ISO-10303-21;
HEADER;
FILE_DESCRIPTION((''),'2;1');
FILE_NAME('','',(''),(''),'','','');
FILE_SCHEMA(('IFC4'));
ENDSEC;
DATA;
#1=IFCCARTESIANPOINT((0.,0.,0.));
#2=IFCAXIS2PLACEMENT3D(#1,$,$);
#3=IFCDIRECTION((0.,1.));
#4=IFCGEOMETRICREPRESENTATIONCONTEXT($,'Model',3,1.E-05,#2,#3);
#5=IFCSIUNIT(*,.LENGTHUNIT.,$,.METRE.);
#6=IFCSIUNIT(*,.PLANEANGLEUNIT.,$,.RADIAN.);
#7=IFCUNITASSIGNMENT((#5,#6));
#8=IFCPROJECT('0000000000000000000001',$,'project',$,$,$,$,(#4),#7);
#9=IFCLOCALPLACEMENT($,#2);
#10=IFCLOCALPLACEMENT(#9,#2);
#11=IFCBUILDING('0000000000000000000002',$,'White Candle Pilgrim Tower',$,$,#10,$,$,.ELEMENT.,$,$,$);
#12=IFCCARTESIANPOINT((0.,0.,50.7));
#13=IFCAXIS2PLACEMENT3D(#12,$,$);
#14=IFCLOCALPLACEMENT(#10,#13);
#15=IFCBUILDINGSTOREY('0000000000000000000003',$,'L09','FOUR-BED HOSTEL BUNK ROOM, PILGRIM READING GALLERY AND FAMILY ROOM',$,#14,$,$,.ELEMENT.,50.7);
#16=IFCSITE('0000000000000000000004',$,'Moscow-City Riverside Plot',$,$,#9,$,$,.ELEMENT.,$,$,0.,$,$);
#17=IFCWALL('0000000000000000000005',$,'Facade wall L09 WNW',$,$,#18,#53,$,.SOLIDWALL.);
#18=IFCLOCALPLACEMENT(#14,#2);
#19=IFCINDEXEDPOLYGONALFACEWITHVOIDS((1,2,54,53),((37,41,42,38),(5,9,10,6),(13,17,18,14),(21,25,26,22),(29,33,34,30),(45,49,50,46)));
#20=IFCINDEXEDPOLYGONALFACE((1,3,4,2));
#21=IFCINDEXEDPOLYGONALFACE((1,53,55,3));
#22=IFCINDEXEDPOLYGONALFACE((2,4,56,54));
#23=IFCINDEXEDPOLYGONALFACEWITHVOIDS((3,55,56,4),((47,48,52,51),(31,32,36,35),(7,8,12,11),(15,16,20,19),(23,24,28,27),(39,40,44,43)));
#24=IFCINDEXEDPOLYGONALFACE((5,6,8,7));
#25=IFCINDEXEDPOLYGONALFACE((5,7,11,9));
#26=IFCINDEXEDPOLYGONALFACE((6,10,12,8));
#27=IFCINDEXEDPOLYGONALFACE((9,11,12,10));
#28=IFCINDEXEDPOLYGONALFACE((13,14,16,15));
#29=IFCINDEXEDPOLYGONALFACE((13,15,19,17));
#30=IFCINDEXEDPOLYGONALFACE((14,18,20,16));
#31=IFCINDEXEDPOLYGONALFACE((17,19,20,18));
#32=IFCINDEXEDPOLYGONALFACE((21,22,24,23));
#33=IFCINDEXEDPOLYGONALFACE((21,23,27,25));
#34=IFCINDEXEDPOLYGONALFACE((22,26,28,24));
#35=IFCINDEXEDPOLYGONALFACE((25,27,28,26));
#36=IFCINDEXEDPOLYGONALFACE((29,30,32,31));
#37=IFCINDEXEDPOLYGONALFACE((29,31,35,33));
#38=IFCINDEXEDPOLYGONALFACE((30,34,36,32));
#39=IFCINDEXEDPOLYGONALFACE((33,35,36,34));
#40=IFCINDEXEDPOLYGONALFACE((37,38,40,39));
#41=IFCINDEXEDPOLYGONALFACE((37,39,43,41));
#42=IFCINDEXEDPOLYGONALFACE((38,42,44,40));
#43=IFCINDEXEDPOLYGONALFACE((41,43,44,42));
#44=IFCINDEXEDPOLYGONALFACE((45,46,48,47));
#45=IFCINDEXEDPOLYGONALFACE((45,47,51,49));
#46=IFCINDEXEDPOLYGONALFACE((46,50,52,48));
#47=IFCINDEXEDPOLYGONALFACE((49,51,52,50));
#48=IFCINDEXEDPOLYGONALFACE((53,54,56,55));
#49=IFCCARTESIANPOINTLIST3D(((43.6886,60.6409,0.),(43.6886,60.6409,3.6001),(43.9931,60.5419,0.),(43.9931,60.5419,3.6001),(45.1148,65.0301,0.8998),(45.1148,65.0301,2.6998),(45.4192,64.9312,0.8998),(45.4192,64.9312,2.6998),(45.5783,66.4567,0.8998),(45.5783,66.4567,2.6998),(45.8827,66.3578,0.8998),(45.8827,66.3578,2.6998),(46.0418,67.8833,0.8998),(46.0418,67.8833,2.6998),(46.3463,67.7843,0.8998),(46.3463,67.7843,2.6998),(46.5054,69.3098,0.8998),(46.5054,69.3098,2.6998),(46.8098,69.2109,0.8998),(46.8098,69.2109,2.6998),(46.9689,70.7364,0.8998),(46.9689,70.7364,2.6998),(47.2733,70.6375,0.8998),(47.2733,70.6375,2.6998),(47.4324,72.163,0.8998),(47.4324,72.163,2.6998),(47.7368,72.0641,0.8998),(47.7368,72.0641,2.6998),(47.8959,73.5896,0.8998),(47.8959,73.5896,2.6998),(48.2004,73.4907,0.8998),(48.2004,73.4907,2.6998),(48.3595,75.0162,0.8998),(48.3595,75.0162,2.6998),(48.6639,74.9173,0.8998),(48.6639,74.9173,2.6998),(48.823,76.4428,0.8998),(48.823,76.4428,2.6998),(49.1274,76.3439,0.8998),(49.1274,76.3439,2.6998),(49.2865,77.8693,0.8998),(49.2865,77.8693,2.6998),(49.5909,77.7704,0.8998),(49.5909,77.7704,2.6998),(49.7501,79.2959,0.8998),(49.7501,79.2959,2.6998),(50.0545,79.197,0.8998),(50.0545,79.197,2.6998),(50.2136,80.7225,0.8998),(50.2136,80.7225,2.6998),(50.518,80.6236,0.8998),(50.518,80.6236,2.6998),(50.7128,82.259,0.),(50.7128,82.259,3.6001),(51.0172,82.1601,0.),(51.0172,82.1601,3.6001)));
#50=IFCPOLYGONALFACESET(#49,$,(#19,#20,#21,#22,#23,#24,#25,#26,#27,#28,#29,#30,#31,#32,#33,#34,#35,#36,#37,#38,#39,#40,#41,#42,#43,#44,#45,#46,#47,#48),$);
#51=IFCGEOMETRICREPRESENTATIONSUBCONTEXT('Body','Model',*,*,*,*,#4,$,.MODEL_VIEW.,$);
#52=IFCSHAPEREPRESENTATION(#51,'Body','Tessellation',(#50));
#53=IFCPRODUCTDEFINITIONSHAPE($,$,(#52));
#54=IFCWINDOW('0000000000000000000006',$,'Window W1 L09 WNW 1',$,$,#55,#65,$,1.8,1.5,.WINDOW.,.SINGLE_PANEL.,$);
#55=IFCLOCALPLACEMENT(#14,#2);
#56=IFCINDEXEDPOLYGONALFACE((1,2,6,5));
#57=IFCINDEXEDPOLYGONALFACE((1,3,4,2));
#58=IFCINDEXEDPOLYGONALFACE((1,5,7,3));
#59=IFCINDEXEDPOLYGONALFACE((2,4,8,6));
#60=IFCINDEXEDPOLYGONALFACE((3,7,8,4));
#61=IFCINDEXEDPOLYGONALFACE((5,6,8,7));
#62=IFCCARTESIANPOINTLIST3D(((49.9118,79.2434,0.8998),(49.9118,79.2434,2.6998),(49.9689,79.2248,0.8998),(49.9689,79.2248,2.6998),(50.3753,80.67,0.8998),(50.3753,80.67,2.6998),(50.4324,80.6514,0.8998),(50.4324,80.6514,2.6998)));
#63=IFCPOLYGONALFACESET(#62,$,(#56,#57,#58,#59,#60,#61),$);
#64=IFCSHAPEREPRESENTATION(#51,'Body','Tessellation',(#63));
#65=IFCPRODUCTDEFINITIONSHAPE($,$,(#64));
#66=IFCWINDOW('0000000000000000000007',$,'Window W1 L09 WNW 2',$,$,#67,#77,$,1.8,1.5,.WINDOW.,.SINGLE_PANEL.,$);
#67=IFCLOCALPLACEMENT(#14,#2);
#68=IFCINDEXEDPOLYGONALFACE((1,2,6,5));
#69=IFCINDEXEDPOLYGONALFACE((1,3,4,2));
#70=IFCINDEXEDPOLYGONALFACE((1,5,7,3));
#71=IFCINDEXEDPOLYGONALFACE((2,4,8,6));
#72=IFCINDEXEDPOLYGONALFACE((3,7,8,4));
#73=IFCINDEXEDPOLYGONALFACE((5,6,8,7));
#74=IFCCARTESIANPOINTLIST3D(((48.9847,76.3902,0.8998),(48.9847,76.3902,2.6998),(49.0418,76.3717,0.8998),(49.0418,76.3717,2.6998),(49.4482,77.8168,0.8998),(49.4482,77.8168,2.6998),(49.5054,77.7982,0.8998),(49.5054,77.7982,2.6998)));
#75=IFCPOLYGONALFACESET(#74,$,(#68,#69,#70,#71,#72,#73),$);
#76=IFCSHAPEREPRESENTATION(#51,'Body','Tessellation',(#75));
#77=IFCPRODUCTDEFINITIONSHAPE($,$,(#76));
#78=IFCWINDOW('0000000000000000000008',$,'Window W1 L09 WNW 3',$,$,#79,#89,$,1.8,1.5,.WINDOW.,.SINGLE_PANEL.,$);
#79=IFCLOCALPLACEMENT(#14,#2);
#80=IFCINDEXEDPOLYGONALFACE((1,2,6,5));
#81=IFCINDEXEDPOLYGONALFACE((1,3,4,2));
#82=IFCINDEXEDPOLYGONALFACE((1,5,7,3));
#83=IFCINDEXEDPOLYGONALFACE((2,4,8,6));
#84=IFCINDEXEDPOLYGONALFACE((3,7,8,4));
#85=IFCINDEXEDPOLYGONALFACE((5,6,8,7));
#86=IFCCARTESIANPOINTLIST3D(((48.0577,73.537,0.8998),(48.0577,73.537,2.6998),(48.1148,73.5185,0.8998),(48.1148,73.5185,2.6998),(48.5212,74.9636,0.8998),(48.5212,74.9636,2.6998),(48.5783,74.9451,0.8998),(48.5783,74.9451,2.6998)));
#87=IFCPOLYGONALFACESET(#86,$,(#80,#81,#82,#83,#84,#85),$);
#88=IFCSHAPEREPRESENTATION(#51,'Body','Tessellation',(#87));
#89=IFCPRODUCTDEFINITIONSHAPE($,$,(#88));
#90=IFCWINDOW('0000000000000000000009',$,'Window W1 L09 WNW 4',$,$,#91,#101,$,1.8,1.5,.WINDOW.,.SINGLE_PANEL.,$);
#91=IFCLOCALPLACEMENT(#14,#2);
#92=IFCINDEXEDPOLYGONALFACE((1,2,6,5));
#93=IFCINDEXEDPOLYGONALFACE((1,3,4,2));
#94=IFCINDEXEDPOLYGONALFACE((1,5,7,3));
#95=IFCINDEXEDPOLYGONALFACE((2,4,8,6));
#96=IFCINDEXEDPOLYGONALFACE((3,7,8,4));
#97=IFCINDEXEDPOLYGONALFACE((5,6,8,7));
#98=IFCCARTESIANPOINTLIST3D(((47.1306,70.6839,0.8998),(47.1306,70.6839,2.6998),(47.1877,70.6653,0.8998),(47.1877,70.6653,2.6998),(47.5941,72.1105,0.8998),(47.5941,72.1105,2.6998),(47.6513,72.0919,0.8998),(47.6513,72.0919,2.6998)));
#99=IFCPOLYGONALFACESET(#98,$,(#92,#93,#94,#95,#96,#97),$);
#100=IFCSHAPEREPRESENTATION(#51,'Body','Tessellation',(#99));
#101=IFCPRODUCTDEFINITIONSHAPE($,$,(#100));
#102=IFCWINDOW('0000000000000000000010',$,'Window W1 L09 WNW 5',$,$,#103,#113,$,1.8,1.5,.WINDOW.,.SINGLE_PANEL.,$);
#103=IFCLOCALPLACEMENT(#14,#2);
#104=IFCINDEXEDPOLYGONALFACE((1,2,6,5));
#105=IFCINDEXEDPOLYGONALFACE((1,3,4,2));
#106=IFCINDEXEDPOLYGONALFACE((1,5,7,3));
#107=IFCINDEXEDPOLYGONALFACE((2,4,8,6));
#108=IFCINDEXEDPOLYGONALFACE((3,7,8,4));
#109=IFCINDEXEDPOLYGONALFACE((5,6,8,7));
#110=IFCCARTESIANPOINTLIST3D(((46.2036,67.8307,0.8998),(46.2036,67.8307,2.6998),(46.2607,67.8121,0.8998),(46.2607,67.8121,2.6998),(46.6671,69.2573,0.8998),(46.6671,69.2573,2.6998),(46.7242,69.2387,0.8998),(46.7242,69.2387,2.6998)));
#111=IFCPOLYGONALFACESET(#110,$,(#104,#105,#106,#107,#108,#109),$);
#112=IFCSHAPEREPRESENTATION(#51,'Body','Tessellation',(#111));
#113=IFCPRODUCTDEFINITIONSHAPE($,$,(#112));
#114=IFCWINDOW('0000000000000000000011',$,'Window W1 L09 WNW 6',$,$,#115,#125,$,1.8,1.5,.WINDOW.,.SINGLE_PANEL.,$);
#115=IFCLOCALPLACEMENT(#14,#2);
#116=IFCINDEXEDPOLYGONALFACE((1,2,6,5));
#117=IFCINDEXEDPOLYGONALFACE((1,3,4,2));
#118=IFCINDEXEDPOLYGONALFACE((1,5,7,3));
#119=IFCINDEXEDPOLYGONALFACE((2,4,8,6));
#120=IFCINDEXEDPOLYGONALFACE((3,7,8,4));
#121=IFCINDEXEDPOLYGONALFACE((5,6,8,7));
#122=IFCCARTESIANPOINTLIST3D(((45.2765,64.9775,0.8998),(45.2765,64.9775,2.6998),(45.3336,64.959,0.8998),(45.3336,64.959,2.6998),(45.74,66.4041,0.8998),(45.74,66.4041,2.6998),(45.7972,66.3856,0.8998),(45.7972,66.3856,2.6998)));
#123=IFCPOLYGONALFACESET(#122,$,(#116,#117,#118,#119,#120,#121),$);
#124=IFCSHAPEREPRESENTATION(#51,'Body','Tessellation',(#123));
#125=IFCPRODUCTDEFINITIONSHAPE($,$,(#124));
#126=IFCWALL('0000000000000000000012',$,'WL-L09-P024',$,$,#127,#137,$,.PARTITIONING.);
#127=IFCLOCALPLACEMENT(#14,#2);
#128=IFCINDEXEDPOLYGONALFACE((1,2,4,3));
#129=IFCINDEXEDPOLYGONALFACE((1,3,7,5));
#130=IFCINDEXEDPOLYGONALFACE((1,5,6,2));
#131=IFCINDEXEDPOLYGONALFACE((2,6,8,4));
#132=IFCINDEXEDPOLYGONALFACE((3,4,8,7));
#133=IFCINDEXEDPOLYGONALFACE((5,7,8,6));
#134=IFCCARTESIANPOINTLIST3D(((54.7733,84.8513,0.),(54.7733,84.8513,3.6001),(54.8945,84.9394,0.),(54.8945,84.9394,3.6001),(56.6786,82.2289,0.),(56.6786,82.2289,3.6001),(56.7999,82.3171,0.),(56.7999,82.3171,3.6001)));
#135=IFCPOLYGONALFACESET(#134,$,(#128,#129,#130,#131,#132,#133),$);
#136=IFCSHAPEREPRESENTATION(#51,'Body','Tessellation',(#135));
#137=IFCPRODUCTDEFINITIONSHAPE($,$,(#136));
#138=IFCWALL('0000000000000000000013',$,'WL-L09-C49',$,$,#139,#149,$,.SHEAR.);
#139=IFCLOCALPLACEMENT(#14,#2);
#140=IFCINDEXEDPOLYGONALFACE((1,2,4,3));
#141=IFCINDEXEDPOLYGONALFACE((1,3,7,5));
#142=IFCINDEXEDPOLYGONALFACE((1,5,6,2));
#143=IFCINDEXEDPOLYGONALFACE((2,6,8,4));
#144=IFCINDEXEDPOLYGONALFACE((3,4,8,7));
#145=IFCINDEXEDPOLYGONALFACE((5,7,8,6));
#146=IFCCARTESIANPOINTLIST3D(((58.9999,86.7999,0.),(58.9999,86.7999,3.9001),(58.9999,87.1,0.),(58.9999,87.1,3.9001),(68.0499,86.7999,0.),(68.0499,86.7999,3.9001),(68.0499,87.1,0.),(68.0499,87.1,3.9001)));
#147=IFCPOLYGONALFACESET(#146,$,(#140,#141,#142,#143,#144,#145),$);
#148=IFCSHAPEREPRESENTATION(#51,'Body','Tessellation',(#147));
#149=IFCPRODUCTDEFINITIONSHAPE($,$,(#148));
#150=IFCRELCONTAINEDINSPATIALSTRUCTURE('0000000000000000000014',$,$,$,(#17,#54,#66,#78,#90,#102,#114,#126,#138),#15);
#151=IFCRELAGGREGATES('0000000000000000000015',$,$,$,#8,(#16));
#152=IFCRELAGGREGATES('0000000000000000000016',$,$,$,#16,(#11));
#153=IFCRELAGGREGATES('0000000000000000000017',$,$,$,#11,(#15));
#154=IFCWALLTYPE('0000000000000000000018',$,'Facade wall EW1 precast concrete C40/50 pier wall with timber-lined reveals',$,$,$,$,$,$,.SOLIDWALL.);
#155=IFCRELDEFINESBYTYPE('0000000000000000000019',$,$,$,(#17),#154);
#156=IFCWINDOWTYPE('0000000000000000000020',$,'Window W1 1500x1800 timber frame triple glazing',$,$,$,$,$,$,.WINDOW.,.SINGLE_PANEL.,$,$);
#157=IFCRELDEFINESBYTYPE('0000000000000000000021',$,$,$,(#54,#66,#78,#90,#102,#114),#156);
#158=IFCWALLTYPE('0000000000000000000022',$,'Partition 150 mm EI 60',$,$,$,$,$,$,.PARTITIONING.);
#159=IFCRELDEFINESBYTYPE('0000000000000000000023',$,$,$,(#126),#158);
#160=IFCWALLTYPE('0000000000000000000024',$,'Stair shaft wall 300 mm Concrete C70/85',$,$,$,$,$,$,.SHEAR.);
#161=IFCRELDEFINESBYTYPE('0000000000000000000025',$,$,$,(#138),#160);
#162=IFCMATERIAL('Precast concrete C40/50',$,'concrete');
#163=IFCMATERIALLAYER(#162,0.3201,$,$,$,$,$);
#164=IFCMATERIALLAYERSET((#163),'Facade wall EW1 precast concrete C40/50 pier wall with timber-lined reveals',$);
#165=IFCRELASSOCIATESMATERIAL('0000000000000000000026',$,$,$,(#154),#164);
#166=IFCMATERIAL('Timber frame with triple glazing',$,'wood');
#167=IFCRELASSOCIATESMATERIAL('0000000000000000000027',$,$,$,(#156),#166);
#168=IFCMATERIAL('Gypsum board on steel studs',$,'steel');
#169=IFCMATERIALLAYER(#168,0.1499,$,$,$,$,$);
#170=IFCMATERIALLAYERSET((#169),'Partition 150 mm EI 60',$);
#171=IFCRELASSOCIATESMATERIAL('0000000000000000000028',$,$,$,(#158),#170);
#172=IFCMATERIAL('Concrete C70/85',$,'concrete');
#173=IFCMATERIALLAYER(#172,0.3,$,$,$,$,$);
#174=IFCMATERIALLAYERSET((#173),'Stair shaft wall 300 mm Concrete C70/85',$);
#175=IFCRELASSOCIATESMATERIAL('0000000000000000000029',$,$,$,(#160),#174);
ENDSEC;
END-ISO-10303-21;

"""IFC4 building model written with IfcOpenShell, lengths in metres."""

from ifc_helpers import new_model, si_unit, direction, frame, frame_2d, origin, place, context, subcontext, project, spatial, rectangle, extrude, material, layer, layer_set, type_object, element, fill, save


model = new_model("IFC4")

# Units and contexts
model_context = context("Model", 3, precision=1e-05, world=origin(), true_north=direction((0.0, 1.0)))
body_context = subcontext(model_context, "Body", "Model", "MODEL_VIEW")
ifc_project = project(units=[si_unit("LENGTHUNIT", "METRE"), si_unit("PLANEANGLEUNIT", "RADIAN")], contexts=[model_context])

# Site, building, storey
site_placement = place(None, origin())
site = spatial("IfcSite", under=ifc_project, at=site_placement, Name="Moscow-City Riverside Plot", CompositionType="ELEMENT", RefElevation=0.0)
building_placement = place(site_placement, origin())
building = spatial("IfcBuilding", under=site, at=building_placement, Name="White Candle Pilgrim Tower", CompositionType="ELEMENT")
storey_placement = place(building_placement, frame((0.0, 0.0, 50.7)))
storey = spatial("IfcBuildingStorey", under=building, at=storey_placement, Name="L09", Description="FOUR-BED HOSTEL BUNK ROOM, PILGRIM READING GALLERY AND FAMILY ROOM", CompositionType="ELEMENT", Elevation=50.7)

# Shared definitions
ifc_material_1 = material(Name="Concrete C70/85", Category="concrete")

# Wall, openings, windows
ifc_material_2 = material(Name="Precast concrete C40/50", Category="concrete")
ifc_layer_1 = layer(ifc_material_2, 0.3201)
ifc_layer_set_1 = layer_set([ifc_layer_1], Name="Facade wall EW1 precast concrete C40/50 pier wall with timber-lined reveals")
wall_type_1 = type_object("IfcWallType", Name="Facade wall EW1 precast concrete C40/50 pier wall with timber-lined reveals", PredefinedType="SOLIDWALL", material=ifc_layer_set_1)
ifc_material_3 = material(Name="Timber frame with triple glazing", Category="wood")
wall_1_placement = place(storey_placement, frame((50.865, 82.2095, 0.0), z_axis=(0.0, 0.0, 1.0), x_axis=(-0.309017, -0.951056, 0.0)))
wall_1 = element("IfcWall", 1, at=wall_1_placement, inside=storey, type_object=wall_type_1, Name="Facade wall L09 WNW", PredefinedType="SOLIDWALL", context=body_context, shape_type="SweptSolid", body=[
    extrude(rectangle(XDim=22.7307, YDim=0.3201, at=frame_2d((11.3652, 0.0))), origin(), (0.0, 0.0, 1.0), 3.6001),
])
opening_1_placement = place(wall_1_placement, frame((1.6155, 0.0, 0.8999)))
opening_1 = element("IfcOpeningElement", 2, at=opening_1_placement, cuts=wall_1, PredefinedType="OPENING", context=body_context, shape_type="SweptSolid", body=[
    extrude(rectangle(XDim=1.5, YDim=1.8, at=frame_2d((0.75, 0.8999))), frame((0.0, 0.1699, 0.0), z_axis=(0.0, -1.0, 0.0), x_axis=(1.0, 0.0, 0.0)), (0.0, 0.0, 1.0), 0.3401),
])
opening_2_placement = place(wall_1_placement, frame((4.6155, 0.0, 0.8999)))
opening_2 = element("IfcOpeningElement", 3, at=opening_2_placement, cuts=wall_1, PredefinedType="OPENING", context=body_context, shape_type="SweptSolid", body=[
    extrude(rectangle(XDim=1.5, YDim=1.8, at=frame_2d((0.75, 0.8999))), frame((0.0, 0.1699, 0.0), z_axis=(0.0, -1.0, 0.0), x_axis=(1.0, 0.0, 0.0)), (0.0, 0.0, 1.0), 0.3401),
])
opening_3_placement = place(wall_1_placement, frame((7.6155, 0.0, 0.8999)))
opening_3 = element("IfcOpeningElement", 4, at=opening_3_placement, cuts=wall_1, PredefinedType="OPENING", context=body_context, shape_type="SweptSolid", body=[
    extrude(rectangle(XDim=1.5, YDim=1.8, at=frame_2d((0.75, 0.8999))), frame((0.0, 0.1699, 0.0), z_axis=(0.0, -1.0, 0.0), x_axis=(1.0, 0.0, 0.0)), (0.0, 0.0, 1.0), 0.3401),
])
opening_4_placement = place(wall_1_placement, frame((10.6155, 0.0, 0.8999)))
opening_4 = element("IfcOpeningElement", 5, at=opening_4_placement, cuts=wall_1, PredefinedType="OPENING", context=body_context, shape_type="SweptSolid", body=[
    extrude(rectangle(XDim=1.5, YDim=1.8, at=frame_2d((0.75, 0.8999))), frame((0.0, 0.1699, 0.0), z_axis=(0.0, -1.0, 0.0), x_axis=(1.0, 0.0, 0.0)), (0.0, 0.0, 1.0), 0.3401),
])
opening_5_placement = place(wall_1_placement, frame((13.6155, 0.0, 0.8999)))
opening_5 = element("IfcOpeningElement", 6, at=opening_5_placement, cuts=wall_1, PredefinedType="OPENING", context=body_context, shape_type="SweptSolid", body=[
    extrude(rectangle(XDim=1.5, YDim=1.8, at=frame_2d((0.75, 0.8999))), frame((0.0, 0.1699, 0.0), z_axis=(0.0, -1.0, 0.0), x_axis=(1.0, 0.0, 0.0)), (0.0, 0.0, 1.0), 0.3401),
])
opening_6_placement = place(wall_1_placement, frame((16.6155, 0.0, 0.8999)))
opening_6 = element("IfcOpeningElement", 7, at=opening_6_placement, cuts=wall_1, PredefinedType="OPENING", context=body_context, shape_type="SweptSolid", body=[
    extrude(rectangle(XDim=1.5, YDim=1.8, at=frame_2d((0.75, 0.8999))), frame((0.0, 0.1699, 0.0), z_axis=(0.0, -1.0, 0.0), x_axis=(1.0, 0.0, 0.0)), (0.0, 0.0, 1.0), 0.3401),
])
window_type_1 = type_object("IfcWindowType", Name="Window W1 1500x1800 timber frame triple glazing", PartitioningType="SINGLE_PANEL", PredefinedType="WINDOW", material=ifc_material_3)
window_1_placement = place(opening_1_placement, origin())
window_1 = element("IfcWindow", 8, at=window_1_placement, inside=storey, type_object=window_type_1, Name="Window W1 L09 WNW 1", OverallHeight=1.8, OverallWidth=1.5, PartitioningType="SINGLE_PANEL", PredefinedType="WINDOW", context=body_context, shape_type="SweptSolid", body=[
    extrude(rectangle(XDim=1.5, YDim=1.8, at=frame_2d((0.75, 0.8999))), frame((0.0, 0.0701, 0.0), z_axis=(0.0, -1.0, 0.0), x_axis=(1.0, 0.0, 0.0)), (0.0, 0.0, 1.0), 0.0601),
])
fill(opening_1, window_1)
window_2_placement = place(opening_2_placement, origin())
window_2 = element("IfcWindow", 9, at=window_2_placement, inside=storey, type_object=window_type_1, Name="Window W1 L09 WNW 2", OverallHeight=1.8, OverallWidth=1.5, PartitioningType="SINGLE_PANEL", PredefinedType="WINDOW", context=body_context, shape_type="SweptSolid", body=[
    extrude(rectangle(XDim=1.5, YDim=1.8, at=frame_2d((0.75, 0.8999))), frame((0.0, 0.0701, 0.0), z_axis=(0.0, -1.0, 0.0), x_axis=(1.0, 0.0, 0.0)), (0.0, 0.0, 1.0), 0.0601),
])
fill(opening_2, window_2)
window_3_placement = place(opening_3_placement, origin())
window_3 = element("IfcWindow", 10, at=window_3_placement, inside=storey, type_object=window_type_1, Name="Window W1 L09 WNW 3", OverallHeight=1.8, OverallWidth=1.5, PartitioningType="SINGLE_PANEL", PredefinedType="WINDOW", context=body_context, shape_type="SweptSolid", body=[
    extrude(rectangle(XDim=1.5, YDim=1.8, at=frame_2d((0.75, 0.8999))), frame((0.0, 0.0701, 0.0), z_axis=(0.0, -1.0, 0.0), x_axis=(1.0, 0.0, 0.0)), (0.0, 0.0, 1.0), 0.0601),
])
fill(opening_3, window_3)
window_4_placement = place(opening_4_placement, origin())
window_4 = element("IfcWindow", 11, at=window_4_placement, inside=storey, type_object=window_type_1, Name="Window W1 L09 WNW 4", OverallHeight=1.8, OverallWidth=1.5, PartitioningType="SINGLE_PANEL", PredefinedType="WINDOW", context=body_context, shape_type="SweptSolid", body=[
    extrude(rectangle(XDim=1.5, YDim=1.8, at=frame_2d((0.75, 0.8999))), frame((0.0, 0.0701, 0.0), z_axis=(0.0, -1.0, 0.0), x_axis=(1.0, 0.0, 0.0)), (0.0, 0.0, 1.0), 0.0601),
])
fill(opening_4, window_4)
window_5_placement = place(opening_5_placement, origin())
window_5 = element("IfcWindow", 12, at=window_5_placement, inside=storey, type_object=window_type_1, Name="Window W1 L09 WNW 5", OverallHeight=1.8, OverallWidth=1.5, PartitioningType="SINGLE_PANEL", PredefinedType="WINDOW", context=body_context, shape_type="SweptSolid", body=[
    extrude(rectangle(XDim=1.5, YDim=1.8, at=frame_2d((0.75, 0.8999))), frame((0.0, 0.0701, 0.0), z_axis=(0.0, -1.0, 0.0), x_axis=(1.0, 0.0, 0.0)), (0.0, 0.0, 1.0), 0.0601),
])
fill(opening_5, window_5)
window_6_placement = place(opening_6_placement, origin())
window_6 = element("IfcWindow", 13, at=window_6_placement, inside=storey, type_object=window_type_1, Name="Window W1 L09 WNW 6", OverallHeight=1.8, OverallWidth=1.5, PartitioningType="SINGLE_PANEL", PredefinedType="WINDOW", context=body_context, shape_type="SweptSolid", body=[
    extrude(rectangle(XDim=1.5, YDim=1.8, at=frame_2d((0.75, 0.8999))), frame((0.0, 0.0701, 0.0), z_axis=(0.0, -1.0, 0.0), x_axis=(1.0, 0.0, 0.0)), (0.0, 0.0, 1.0), 0.0601),
])
fill(opening_6, window_6)

# Walls
ifc_material_4 = material(Name="Gypsum board on steel studs", Category="steel")
ifc_layer_2 = layer(ifc_material_4, 0.1499)
ifc_layer_set_2 = layer_set([ifc_layer_2], Name="Partition 150 mm EI 60")
wall_type_2 = type_object("IfcWallType", Name="Partition 150 mm EI 60", PredefinedType="PARTITIONING", material=ifc_layer_set_2)
wall_2_placement = place(storey_placement, frame((54.834, 84.8953, 0.0), z_axis=(0.0, 0.0, 1.0), x_axis=(0.587795, -0.80901, 0.0)))
element("IfcWall", 14, at=wall_2_placement, inside=storey, type_object=wall_type_2, Name="WL-L09-P024", PredefinedType="PARTITIONING", context=body_context, shape_type="SweptSolid", body=[
    extrude(rectangle(XDim=3.2415, YDim=0.1499, at=frame_2d((1.6206, 0.0))), origin(), (0.0, 0.0, 1.0), 3.6001),
])
ifc_layer_3 = layer(ifc_material_1, 0.3)
ifc_layer_set_3 = layer_set([ifc_layer_3], Name="Stair shaft wall 300 mm Concrete C70/85")
wall_type_3 = type_object("IfcWallType", Name="Stair shaft wall 300 mm Concrete C70/85", PredefinedType="SHEAR", material=ifc_layer_set_3)
wall_3_placement = place(storey_placement, frame((59.0, 86.95, 0.0), z_axis=(0.0, 0.0, 1.0), x_axis=(1.0, 0.0, 0.0)))
element("IfcWall", 15, at=wall_3_placement, inside=storey, type_object=wall_type_3, Name="WL-L09-C49", PredefinedType="SHEAR", context=body_context, shape_type="SweptSolid", body=[
    extrude(rectangle(XDim=9.05, YDim=0.3, at=frame_2d((4.5249, 0.0))), origin(), (0.0, 0.0, 1.0), 3.9001),
])

save(model, "model.ifc")
